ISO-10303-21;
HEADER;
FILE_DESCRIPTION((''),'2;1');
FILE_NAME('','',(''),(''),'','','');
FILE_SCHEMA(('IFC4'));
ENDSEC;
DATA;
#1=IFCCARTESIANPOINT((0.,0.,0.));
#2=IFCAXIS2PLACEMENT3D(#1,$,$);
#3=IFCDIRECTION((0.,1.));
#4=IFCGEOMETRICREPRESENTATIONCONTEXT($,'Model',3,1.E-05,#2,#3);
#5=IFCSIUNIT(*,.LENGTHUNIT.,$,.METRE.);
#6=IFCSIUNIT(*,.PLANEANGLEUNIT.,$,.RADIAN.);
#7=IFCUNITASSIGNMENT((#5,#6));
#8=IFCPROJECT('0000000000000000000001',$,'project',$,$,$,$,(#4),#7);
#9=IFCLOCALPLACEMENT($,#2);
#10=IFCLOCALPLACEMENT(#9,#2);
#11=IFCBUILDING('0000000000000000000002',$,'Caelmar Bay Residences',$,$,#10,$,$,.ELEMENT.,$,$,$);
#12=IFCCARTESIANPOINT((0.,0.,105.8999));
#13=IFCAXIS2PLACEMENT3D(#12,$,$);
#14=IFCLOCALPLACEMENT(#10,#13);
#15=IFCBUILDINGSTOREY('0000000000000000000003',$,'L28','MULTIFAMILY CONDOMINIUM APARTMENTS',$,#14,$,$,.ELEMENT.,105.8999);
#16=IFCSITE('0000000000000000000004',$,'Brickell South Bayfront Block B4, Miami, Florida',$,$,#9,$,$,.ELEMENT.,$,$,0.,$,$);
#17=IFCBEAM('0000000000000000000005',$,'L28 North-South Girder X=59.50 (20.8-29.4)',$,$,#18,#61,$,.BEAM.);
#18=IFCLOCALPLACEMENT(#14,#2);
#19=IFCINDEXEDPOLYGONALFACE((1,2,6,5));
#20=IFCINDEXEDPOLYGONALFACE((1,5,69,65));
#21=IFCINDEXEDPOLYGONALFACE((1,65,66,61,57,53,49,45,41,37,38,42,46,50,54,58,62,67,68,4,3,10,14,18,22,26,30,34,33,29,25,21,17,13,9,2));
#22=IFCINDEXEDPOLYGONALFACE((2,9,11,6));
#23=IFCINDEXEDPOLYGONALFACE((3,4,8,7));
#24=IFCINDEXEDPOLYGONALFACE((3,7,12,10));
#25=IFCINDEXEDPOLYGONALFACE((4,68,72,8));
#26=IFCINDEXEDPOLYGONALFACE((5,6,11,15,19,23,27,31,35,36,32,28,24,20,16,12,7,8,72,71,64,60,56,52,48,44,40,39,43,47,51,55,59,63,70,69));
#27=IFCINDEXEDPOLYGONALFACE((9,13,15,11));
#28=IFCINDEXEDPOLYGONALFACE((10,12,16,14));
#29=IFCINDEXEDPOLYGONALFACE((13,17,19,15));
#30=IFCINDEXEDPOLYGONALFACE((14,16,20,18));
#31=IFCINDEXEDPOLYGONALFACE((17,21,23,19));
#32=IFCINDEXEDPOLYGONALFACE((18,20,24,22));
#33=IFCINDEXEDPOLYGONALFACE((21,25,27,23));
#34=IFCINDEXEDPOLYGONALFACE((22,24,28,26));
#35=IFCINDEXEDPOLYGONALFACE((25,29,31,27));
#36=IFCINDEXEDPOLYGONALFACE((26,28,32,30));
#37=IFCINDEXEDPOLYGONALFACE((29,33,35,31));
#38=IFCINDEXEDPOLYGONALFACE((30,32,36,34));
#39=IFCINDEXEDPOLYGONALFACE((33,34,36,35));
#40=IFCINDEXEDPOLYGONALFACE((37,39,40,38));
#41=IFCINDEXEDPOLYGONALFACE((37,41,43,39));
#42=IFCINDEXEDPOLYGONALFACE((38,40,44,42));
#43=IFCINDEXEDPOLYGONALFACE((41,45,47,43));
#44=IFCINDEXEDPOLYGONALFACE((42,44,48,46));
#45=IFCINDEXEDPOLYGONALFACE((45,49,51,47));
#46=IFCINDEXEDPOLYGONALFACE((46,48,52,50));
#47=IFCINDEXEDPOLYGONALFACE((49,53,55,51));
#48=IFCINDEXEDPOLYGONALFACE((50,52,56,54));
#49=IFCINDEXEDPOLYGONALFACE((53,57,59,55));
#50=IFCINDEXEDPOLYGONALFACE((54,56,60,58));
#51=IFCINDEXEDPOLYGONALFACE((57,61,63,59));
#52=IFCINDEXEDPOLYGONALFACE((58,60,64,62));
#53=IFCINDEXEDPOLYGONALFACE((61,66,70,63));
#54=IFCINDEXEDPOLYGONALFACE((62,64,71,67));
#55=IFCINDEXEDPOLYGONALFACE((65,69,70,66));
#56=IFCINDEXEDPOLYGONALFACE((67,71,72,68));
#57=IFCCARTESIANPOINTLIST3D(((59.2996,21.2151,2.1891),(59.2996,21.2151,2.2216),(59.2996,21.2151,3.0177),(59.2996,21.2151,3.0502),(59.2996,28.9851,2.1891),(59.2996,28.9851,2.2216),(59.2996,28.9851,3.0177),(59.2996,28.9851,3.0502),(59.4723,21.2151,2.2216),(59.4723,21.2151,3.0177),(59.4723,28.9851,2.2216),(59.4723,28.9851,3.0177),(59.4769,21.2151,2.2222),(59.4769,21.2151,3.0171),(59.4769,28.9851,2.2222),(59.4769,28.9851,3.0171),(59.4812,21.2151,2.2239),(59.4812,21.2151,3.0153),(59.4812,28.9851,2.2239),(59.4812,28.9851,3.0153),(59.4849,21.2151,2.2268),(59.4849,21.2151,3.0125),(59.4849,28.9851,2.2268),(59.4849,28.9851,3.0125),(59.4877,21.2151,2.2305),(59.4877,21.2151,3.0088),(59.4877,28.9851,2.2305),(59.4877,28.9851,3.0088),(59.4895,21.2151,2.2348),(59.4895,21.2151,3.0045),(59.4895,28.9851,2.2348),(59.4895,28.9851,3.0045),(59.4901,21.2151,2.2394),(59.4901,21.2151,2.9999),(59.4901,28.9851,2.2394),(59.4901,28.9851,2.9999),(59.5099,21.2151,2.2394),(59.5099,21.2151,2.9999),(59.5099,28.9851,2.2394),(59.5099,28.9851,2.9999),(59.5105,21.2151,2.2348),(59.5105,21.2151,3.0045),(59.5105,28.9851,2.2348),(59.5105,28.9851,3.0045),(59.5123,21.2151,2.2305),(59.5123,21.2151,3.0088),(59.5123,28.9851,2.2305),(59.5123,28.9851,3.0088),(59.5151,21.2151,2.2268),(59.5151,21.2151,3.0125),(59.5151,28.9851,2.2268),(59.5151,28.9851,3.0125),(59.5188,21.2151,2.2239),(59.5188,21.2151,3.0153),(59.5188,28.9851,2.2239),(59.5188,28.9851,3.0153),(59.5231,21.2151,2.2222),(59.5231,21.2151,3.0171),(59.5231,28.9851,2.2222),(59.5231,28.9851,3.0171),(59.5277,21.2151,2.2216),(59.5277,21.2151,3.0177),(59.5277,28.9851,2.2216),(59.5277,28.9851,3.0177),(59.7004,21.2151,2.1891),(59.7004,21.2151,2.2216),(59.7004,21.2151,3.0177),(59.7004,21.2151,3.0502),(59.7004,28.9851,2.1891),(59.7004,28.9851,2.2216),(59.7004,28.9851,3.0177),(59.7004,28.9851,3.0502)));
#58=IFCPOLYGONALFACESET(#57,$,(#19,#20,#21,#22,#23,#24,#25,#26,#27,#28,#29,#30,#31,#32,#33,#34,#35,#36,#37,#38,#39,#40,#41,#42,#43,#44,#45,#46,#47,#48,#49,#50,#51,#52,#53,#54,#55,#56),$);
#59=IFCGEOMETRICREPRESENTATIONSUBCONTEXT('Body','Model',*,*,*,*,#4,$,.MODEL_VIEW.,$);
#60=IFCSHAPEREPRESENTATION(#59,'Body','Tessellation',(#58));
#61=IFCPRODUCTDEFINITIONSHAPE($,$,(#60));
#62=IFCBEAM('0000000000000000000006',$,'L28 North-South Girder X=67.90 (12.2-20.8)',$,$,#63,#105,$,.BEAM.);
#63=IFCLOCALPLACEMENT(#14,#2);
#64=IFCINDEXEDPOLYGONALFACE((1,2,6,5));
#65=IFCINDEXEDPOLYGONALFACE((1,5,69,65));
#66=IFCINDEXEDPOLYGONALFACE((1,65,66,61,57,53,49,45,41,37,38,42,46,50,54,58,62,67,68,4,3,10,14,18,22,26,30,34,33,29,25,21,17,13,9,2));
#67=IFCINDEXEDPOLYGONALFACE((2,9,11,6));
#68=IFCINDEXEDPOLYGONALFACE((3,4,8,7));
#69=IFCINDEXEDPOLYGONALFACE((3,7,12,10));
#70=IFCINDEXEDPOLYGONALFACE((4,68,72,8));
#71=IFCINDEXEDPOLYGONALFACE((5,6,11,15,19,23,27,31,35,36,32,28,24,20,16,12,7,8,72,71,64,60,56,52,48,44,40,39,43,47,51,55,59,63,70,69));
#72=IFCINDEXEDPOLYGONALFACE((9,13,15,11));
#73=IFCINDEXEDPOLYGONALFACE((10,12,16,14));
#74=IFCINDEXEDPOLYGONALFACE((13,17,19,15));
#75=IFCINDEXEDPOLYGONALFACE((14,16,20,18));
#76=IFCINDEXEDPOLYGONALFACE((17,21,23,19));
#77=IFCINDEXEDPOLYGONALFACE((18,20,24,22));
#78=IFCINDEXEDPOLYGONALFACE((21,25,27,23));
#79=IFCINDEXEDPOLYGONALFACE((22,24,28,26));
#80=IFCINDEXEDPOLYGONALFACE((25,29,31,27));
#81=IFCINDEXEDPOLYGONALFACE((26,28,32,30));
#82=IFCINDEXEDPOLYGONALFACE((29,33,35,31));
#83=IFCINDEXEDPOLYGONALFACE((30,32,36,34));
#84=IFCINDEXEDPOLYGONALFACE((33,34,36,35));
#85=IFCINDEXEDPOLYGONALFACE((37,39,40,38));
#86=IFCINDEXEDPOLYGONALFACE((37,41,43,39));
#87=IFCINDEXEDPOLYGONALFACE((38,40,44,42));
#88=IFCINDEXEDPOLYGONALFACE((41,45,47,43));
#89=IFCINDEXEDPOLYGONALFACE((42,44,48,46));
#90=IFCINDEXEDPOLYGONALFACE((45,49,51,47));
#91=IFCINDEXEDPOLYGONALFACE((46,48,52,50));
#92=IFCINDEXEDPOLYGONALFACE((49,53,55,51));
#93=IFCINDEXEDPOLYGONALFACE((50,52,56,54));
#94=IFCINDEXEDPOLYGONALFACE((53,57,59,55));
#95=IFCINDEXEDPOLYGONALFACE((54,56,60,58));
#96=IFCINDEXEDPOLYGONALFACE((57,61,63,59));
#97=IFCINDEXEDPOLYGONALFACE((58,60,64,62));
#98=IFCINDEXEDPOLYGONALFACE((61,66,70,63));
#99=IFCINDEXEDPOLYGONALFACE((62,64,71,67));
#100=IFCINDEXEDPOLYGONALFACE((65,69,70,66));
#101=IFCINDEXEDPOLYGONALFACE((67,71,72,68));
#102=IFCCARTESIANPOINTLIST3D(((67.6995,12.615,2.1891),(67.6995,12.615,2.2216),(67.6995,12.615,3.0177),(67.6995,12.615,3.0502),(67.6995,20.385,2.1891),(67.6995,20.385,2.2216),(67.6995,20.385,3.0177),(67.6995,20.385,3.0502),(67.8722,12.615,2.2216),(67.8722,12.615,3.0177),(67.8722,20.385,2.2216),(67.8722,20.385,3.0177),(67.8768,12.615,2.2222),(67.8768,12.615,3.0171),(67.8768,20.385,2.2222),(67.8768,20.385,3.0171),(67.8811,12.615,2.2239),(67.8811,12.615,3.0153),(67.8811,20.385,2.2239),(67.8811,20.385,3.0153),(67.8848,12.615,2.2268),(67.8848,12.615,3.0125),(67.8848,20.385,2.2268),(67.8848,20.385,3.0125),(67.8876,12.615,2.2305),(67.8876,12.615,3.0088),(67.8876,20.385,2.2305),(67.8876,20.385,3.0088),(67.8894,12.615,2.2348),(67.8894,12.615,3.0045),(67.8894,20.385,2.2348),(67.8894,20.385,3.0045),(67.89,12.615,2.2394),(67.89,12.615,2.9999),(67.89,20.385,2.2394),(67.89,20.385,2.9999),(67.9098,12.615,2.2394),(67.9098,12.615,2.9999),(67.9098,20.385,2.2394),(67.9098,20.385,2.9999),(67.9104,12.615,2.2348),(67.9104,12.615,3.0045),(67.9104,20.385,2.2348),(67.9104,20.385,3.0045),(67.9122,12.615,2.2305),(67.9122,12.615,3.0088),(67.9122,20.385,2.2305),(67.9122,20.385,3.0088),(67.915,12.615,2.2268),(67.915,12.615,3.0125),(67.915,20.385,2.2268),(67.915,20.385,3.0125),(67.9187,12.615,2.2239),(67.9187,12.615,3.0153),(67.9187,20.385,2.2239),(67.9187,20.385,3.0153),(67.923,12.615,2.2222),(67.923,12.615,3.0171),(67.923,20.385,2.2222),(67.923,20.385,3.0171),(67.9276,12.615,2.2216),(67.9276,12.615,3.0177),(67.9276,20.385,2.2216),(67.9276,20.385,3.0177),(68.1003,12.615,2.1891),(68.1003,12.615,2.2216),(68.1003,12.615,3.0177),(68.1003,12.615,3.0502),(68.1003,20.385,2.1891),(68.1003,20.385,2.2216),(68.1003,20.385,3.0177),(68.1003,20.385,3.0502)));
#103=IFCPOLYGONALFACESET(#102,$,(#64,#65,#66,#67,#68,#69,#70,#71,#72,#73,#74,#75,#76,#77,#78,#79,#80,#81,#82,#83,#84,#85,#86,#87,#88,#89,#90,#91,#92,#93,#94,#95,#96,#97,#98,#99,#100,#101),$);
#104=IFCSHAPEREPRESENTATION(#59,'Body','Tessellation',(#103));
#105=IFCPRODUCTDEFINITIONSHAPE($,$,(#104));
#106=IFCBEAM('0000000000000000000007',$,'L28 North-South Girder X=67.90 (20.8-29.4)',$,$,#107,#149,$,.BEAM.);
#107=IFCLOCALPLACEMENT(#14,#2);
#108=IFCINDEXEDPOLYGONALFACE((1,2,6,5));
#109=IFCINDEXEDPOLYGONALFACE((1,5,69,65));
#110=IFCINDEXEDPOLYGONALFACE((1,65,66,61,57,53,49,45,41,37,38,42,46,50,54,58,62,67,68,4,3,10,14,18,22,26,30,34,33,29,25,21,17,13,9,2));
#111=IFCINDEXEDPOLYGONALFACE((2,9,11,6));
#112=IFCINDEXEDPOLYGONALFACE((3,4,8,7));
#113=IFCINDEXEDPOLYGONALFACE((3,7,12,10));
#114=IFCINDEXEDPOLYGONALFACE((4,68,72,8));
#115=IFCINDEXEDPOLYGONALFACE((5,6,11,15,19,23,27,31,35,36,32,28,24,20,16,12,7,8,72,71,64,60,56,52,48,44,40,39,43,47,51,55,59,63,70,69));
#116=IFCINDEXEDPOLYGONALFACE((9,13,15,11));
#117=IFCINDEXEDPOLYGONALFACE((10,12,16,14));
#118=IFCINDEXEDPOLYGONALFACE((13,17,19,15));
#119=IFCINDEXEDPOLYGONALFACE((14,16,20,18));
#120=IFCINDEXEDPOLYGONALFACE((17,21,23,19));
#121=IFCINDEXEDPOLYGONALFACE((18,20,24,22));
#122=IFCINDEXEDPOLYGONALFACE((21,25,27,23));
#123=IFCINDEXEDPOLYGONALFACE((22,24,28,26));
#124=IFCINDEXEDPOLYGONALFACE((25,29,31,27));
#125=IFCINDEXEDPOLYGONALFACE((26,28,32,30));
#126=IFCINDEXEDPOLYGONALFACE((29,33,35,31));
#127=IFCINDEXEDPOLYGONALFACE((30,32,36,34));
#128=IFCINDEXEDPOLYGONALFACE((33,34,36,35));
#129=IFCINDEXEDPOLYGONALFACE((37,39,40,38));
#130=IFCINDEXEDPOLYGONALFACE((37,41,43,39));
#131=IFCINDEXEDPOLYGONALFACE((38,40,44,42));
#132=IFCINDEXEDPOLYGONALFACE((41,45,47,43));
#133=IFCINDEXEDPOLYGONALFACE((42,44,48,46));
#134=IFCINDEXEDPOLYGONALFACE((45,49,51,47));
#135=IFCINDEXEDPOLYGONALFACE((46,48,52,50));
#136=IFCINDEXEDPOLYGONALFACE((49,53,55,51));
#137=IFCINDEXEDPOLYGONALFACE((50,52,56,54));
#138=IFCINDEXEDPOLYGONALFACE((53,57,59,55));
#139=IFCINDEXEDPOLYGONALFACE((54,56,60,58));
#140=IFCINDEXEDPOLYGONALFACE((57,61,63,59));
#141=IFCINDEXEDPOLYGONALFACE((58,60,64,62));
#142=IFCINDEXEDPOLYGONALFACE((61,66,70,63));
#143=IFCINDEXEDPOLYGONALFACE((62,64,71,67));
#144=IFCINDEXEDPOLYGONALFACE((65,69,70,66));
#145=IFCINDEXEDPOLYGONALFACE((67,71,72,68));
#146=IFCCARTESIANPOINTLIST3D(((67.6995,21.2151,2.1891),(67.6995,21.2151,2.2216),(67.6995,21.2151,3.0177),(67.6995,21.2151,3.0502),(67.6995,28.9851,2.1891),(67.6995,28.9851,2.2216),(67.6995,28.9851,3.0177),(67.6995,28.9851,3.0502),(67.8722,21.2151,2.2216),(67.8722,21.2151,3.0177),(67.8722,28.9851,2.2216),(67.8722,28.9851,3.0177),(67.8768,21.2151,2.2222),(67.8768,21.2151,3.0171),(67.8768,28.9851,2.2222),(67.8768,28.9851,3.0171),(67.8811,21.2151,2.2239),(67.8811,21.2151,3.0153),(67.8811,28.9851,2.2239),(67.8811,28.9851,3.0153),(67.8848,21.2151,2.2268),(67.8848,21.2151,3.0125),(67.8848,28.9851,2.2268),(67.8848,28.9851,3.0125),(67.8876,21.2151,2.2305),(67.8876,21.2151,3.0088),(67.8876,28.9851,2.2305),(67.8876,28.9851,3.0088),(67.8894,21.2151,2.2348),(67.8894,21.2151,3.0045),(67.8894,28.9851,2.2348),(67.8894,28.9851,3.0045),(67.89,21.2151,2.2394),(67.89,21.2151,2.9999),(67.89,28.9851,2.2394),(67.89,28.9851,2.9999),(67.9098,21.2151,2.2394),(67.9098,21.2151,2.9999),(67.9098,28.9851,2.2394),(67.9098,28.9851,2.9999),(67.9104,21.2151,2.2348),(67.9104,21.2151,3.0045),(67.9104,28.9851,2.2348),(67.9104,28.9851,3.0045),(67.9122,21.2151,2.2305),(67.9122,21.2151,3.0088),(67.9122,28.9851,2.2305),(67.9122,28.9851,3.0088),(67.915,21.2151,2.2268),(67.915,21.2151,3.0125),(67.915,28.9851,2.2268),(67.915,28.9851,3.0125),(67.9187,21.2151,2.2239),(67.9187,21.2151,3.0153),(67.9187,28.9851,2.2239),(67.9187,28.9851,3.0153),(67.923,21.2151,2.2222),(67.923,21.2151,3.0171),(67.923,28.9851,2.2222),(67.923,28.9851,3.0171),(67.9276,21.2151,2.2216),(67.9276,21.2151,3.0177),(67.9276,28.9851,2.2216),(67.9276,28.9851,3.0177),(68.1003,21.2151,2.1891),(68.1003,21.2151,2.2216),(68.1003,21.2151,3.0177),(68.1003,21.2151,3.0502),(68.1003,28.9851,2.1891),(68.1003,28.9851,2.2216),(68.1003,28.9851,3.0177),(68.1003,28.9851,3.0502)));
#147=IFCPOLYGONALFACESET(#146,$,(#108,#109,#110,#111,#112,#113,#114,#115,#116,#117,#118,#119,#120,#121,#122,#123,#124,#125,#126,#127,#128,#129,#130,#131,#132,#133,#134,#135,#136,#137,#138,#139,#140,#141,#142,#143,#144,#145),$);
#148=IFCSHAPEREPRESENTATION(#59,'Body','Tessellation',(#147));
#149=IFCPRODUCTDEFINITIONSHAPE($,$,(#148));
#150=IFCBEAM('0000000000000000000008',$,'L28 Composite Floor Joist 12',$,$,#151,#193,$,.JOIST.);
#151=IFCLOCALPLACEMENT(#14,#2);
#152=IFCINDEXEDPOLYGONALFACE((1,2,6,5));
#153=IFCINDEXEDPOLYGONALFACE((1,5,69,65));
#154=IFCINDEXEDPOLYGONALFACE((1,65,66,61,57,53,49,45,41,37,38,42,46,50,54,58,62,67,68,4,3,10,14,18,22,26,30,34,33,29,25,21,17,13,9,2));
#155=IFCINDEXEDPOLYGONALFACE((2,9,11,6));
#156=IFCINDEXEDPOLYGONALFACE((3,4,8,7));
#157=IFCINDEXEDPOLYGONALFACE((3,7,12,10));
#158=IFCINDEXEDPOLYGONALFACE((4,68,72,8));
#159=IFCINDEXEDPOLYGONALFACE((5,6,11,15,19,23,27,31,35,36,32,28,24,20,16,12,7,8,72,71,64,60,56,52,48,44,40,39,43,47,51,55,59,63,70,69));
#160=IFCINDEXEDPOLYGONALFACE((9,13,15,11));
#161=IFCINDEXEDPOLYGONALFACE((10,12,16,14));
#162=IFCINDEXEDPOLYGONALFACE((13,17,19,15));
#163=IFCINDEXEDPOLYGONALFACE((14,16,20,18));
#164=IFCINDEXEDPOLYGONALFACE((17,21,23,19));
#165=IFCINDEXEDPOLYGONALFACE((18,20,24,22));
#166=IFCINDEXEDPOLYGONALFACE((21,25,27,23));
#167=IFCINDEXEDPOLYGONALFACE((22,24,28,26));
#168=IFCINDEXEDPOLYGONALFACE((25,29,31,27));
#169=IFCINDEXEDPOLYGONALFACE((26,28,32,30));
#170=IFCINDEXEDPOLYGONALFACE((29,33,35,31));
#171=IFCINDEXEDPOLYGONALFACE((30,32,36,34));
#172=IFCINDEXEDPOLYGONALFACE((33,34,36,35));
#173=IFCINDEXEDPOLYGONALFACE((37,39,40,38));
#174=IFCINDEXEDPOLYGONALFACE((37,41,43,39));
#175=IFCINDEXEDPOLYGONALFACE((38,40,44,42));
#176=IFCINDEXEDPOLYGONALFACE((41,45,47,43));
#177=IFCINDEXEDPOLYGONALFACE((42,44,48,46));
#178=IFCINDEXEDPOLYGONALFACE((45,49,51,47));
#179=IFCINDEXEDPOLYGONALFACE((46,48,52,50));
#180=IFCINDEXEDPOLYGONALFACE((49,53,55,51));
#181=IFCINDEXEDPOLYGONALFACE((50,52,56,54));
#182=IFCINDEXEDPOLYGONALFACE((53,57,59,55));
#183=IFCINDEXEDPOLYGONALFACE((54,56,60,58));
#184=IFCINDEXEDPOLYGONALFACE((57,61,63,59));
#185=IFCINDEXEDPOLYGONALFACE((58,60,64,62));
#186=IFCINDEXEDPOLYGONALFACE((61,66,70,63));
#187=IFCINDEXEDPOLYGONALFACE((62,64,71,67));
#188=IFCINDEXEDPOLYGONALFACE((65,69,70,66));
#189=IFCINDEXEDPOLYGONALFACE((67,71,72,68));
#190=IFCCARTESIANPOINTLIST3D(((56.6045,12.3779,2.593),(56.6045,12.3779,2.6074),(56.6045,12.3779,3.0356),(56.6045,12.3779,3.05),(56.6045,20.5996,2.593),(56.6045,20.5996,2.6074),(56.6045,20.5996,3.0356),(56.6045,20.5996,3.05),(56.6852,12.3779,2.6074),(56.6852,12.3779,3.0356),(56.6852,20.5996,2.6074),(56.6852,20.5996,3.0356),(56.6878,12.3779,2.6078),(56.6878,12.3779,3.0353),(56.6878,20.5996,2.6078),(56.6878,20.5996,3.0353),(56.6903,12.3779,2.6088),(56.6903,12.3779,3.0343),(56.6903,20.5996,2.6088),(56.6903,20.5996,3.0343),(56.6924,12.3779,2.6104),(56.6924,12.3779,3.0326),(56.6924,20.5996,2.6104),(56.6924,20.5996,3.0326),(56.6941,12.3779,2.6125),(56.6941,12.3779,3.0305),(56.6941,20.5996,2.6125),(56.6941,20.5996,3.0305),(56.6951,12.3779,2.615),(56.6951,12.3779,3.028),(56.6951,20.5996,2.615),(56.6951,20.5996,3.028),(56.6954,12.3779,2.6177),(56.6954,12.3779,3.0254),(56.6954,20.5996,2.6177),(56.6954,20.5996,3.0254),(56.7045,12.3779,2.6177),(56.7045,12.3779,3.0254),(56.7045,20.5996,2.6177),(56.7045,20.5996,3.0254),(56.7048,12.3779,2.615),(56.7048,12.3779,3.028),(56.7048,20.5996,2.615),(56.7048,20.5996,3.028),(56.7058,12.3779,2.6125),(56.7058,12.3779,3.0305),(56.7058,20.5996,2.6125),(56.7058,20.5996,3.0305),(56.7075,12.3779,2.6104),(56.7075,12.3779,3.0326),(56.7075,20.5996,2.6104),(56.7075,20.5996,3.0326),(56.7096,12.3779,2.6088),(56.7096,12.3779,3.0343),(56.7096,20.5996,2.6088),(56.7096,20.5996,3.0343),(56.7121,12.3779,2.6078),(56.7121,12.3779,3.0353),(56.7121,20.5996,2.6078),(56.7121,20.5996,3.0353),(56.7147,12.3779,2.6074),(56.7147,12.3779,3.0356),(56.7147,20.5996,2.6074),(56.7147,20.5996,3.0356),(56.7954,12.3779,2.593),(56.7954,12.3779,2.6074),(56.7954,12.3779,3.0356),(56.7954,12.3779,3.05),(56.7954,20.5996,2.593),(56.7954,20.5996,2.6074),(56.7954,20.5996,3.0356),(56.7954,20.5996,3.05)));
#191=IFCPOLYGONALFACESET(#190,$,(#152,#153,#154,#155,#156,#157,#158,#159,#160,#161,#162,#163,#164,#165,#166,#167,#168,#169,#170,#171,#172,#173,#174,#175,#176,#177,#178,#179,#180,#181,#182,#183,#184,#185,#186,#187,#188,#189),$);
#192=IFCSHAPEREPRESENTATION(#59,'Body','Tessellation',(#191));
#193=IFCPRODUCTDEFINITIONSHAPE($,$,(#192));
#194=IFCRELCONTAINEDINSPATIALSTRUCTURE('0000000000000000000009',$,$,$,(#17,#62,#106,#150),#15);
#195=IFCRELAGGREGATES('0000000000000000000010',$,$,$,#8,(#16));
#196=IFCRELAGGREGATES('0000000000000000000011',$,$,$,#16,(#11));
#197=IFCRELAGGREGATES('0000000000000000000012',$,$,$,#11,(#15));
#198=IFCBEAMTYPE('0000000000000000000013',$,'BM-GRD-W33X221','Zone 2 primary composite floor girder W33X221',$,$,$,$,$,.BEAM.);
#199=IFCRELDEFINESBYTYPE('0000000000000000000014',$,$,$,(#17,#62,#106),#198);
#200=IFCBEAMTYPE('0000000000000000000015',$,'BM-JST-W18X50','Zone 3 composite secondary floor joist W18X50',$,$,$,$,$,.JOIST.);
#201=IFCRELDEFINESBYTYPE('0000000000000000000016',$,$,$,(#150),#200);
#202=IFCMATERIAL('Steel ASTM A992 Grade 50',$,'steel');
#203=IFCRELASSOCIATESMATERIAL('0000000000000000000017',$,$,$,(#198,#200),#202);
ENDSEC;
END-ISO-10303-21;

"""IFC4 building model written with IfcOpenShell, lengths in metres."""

from ifc_helpers import new_model, si_unit, direction, frame, origin, origin_2d, place, context, subcontext, project, spatial, i_section, extrude, material, material_profile, profile_set, type_object, element, save


model = new_model("IFC4")

# Units and contexts
model_context = context("Model", 3, precision=1e-05, world=origin(), true_north=direction((0.0, 1.0)))
body_context = subcontext(model_context, "Body", "Model", "MODEL_VIEW")
ifc_project = project(units=[si_unit("LENGTHUNIT", "METRE"), si_unit("PLANEANGLEUNIT", "RADIAN")], contexts=[model_context])

# Site, building, storey
site_placement = place(None, origin())
site = spatial("IfcSite", under=ifc_project, at=site_placement, Name="Brickell South Bayfront Block B4, Miami, Florida", CompositionType="ELEMENT", RefElevation=0.0)
building_placement = place(site_placement, origin())
building = spatial("IfcBuilding", under=site, at=building_placement, Name="Caelmar Bay Residences", CompositionType="ELEMENT")
storey_placement = place(building_placement, frame((0.0, 0.0, 105.8999)))
storey = spatial("IfcBuildingStorey", under=building, at=storey_placement, Name="L28", Description="MULTIFAMILY CONDOMINIUM APARTMENTS", CompositionType="ELEMENT", Elevation=105.8999)

# Beams
ifc_material_1 = material(Name="Steel ASTM A992 Grade 50", Category="steel")
ifc_material_profile_1 = material_profile(ifc_material_1, i_section(OverallWidth=0.4009, OverallDepth=0.8611, WebThickness=0.0198, FlangeThickness=0.0325, FilletRadius=0.0178, at=origin_2d()), Name="W33X221")
ifc_profile_set_1 = profile_set([ifc_material_profile_1], Name="Steel ASTM A992 Grade 50")
beam_type_1 = type_object("IfcBeamType", Name="BM-GRD-W33X221", Description="Zone 2 primary composite floor girder W33X221", PredefinedType="BEAM", material=ifc_profile_set_1)
for number, where, z_axis, x_axis, name in (
    (1, (59.5, 21.2151, 2.6196), (0.0, 1.0, 0.0), (-1.0, 0.0, 0.0), "L28 North-South Girder X=59.50 (20.8-29.4)"),
    (2, (67.8999, 12.615, 2.6196), (0.0, 1.0, 0.0), (-1.0, 0.0, 0.0), "L28 North-South Girder X=67.90 (12.2-20.8)"),
    (3, (67.8999, 21.2151, 2.6196), (0.0, 1.0, 0.0), (-1.0, 0.0, 0.0), "L28 North-South Girder X=67.90 (20.8-29.4)"),
):
    element("IfcBeam", number, at=place(storey_placement, frame(where, z_axis=z_axis, x_axis=x_axis)), inside=storey, type_object=beam_type_1, Name=name, PredefinedType="BEAM", context=body_context, shape_type="SweptSolid", body=[
        extrude(i_section(OverallWidth=0.4009, OverallDepth=0.8611, WebThickness=0.0198, FlangeThickness=0.0325, FilletRadius=0.0178, at=origin_2d()), origin(), (0.0, 0.0, 1.0), 7.77),
    ])
ifc_material_profile_2 = material_profile(ifc_material_1, i_section(OverallWidth=0.1909, OverallDepth=0.457, WebThickness=0.009, FlangeThickness=0.0144, FilletRadius=0.0103, at=origin_2d()), Name="W18X50")
ifc_profile_set_2 = profile_set([ifc_material_profile_2], Name="Steel ASTM A992 Grade 50")
beam_type_2 = type_object("IfcBeamType", Name="BM-JST-W18X50", Description="Zone 3 composite secondary floor joist W18X50", PredefinedType="JOIST", material=ifc_profile_set_2)
for number, where, z_axis, x_axis, name in (
    (4, (56.7, 12.3779, 2.8215), (0.0, 1.0, 0.0), (-1.0, 0.0, 0.0), "L28 Composite Floor Joist 12"),
):
    element("IfcBeam", number, at=place(storey_placement, frame(where, z_axis=z_axis, x_axis=x_axis)), inside=storey, type_object=beam_type_2, Name=name, PredefinedType="JOIST", context=body_context, shape_type="SweptSolid", body=[
        extrude(i_section(OverallWidth=0.1909, OverallDepth=0.457, WebThickness=0.009, FlangeThickness=0.0144, FilletRadius=0.0103, at=origin_2d()), origin(), (0.0, 0.0, 1.0), 8.2217),
    ])

save(model, "model.ifc")
